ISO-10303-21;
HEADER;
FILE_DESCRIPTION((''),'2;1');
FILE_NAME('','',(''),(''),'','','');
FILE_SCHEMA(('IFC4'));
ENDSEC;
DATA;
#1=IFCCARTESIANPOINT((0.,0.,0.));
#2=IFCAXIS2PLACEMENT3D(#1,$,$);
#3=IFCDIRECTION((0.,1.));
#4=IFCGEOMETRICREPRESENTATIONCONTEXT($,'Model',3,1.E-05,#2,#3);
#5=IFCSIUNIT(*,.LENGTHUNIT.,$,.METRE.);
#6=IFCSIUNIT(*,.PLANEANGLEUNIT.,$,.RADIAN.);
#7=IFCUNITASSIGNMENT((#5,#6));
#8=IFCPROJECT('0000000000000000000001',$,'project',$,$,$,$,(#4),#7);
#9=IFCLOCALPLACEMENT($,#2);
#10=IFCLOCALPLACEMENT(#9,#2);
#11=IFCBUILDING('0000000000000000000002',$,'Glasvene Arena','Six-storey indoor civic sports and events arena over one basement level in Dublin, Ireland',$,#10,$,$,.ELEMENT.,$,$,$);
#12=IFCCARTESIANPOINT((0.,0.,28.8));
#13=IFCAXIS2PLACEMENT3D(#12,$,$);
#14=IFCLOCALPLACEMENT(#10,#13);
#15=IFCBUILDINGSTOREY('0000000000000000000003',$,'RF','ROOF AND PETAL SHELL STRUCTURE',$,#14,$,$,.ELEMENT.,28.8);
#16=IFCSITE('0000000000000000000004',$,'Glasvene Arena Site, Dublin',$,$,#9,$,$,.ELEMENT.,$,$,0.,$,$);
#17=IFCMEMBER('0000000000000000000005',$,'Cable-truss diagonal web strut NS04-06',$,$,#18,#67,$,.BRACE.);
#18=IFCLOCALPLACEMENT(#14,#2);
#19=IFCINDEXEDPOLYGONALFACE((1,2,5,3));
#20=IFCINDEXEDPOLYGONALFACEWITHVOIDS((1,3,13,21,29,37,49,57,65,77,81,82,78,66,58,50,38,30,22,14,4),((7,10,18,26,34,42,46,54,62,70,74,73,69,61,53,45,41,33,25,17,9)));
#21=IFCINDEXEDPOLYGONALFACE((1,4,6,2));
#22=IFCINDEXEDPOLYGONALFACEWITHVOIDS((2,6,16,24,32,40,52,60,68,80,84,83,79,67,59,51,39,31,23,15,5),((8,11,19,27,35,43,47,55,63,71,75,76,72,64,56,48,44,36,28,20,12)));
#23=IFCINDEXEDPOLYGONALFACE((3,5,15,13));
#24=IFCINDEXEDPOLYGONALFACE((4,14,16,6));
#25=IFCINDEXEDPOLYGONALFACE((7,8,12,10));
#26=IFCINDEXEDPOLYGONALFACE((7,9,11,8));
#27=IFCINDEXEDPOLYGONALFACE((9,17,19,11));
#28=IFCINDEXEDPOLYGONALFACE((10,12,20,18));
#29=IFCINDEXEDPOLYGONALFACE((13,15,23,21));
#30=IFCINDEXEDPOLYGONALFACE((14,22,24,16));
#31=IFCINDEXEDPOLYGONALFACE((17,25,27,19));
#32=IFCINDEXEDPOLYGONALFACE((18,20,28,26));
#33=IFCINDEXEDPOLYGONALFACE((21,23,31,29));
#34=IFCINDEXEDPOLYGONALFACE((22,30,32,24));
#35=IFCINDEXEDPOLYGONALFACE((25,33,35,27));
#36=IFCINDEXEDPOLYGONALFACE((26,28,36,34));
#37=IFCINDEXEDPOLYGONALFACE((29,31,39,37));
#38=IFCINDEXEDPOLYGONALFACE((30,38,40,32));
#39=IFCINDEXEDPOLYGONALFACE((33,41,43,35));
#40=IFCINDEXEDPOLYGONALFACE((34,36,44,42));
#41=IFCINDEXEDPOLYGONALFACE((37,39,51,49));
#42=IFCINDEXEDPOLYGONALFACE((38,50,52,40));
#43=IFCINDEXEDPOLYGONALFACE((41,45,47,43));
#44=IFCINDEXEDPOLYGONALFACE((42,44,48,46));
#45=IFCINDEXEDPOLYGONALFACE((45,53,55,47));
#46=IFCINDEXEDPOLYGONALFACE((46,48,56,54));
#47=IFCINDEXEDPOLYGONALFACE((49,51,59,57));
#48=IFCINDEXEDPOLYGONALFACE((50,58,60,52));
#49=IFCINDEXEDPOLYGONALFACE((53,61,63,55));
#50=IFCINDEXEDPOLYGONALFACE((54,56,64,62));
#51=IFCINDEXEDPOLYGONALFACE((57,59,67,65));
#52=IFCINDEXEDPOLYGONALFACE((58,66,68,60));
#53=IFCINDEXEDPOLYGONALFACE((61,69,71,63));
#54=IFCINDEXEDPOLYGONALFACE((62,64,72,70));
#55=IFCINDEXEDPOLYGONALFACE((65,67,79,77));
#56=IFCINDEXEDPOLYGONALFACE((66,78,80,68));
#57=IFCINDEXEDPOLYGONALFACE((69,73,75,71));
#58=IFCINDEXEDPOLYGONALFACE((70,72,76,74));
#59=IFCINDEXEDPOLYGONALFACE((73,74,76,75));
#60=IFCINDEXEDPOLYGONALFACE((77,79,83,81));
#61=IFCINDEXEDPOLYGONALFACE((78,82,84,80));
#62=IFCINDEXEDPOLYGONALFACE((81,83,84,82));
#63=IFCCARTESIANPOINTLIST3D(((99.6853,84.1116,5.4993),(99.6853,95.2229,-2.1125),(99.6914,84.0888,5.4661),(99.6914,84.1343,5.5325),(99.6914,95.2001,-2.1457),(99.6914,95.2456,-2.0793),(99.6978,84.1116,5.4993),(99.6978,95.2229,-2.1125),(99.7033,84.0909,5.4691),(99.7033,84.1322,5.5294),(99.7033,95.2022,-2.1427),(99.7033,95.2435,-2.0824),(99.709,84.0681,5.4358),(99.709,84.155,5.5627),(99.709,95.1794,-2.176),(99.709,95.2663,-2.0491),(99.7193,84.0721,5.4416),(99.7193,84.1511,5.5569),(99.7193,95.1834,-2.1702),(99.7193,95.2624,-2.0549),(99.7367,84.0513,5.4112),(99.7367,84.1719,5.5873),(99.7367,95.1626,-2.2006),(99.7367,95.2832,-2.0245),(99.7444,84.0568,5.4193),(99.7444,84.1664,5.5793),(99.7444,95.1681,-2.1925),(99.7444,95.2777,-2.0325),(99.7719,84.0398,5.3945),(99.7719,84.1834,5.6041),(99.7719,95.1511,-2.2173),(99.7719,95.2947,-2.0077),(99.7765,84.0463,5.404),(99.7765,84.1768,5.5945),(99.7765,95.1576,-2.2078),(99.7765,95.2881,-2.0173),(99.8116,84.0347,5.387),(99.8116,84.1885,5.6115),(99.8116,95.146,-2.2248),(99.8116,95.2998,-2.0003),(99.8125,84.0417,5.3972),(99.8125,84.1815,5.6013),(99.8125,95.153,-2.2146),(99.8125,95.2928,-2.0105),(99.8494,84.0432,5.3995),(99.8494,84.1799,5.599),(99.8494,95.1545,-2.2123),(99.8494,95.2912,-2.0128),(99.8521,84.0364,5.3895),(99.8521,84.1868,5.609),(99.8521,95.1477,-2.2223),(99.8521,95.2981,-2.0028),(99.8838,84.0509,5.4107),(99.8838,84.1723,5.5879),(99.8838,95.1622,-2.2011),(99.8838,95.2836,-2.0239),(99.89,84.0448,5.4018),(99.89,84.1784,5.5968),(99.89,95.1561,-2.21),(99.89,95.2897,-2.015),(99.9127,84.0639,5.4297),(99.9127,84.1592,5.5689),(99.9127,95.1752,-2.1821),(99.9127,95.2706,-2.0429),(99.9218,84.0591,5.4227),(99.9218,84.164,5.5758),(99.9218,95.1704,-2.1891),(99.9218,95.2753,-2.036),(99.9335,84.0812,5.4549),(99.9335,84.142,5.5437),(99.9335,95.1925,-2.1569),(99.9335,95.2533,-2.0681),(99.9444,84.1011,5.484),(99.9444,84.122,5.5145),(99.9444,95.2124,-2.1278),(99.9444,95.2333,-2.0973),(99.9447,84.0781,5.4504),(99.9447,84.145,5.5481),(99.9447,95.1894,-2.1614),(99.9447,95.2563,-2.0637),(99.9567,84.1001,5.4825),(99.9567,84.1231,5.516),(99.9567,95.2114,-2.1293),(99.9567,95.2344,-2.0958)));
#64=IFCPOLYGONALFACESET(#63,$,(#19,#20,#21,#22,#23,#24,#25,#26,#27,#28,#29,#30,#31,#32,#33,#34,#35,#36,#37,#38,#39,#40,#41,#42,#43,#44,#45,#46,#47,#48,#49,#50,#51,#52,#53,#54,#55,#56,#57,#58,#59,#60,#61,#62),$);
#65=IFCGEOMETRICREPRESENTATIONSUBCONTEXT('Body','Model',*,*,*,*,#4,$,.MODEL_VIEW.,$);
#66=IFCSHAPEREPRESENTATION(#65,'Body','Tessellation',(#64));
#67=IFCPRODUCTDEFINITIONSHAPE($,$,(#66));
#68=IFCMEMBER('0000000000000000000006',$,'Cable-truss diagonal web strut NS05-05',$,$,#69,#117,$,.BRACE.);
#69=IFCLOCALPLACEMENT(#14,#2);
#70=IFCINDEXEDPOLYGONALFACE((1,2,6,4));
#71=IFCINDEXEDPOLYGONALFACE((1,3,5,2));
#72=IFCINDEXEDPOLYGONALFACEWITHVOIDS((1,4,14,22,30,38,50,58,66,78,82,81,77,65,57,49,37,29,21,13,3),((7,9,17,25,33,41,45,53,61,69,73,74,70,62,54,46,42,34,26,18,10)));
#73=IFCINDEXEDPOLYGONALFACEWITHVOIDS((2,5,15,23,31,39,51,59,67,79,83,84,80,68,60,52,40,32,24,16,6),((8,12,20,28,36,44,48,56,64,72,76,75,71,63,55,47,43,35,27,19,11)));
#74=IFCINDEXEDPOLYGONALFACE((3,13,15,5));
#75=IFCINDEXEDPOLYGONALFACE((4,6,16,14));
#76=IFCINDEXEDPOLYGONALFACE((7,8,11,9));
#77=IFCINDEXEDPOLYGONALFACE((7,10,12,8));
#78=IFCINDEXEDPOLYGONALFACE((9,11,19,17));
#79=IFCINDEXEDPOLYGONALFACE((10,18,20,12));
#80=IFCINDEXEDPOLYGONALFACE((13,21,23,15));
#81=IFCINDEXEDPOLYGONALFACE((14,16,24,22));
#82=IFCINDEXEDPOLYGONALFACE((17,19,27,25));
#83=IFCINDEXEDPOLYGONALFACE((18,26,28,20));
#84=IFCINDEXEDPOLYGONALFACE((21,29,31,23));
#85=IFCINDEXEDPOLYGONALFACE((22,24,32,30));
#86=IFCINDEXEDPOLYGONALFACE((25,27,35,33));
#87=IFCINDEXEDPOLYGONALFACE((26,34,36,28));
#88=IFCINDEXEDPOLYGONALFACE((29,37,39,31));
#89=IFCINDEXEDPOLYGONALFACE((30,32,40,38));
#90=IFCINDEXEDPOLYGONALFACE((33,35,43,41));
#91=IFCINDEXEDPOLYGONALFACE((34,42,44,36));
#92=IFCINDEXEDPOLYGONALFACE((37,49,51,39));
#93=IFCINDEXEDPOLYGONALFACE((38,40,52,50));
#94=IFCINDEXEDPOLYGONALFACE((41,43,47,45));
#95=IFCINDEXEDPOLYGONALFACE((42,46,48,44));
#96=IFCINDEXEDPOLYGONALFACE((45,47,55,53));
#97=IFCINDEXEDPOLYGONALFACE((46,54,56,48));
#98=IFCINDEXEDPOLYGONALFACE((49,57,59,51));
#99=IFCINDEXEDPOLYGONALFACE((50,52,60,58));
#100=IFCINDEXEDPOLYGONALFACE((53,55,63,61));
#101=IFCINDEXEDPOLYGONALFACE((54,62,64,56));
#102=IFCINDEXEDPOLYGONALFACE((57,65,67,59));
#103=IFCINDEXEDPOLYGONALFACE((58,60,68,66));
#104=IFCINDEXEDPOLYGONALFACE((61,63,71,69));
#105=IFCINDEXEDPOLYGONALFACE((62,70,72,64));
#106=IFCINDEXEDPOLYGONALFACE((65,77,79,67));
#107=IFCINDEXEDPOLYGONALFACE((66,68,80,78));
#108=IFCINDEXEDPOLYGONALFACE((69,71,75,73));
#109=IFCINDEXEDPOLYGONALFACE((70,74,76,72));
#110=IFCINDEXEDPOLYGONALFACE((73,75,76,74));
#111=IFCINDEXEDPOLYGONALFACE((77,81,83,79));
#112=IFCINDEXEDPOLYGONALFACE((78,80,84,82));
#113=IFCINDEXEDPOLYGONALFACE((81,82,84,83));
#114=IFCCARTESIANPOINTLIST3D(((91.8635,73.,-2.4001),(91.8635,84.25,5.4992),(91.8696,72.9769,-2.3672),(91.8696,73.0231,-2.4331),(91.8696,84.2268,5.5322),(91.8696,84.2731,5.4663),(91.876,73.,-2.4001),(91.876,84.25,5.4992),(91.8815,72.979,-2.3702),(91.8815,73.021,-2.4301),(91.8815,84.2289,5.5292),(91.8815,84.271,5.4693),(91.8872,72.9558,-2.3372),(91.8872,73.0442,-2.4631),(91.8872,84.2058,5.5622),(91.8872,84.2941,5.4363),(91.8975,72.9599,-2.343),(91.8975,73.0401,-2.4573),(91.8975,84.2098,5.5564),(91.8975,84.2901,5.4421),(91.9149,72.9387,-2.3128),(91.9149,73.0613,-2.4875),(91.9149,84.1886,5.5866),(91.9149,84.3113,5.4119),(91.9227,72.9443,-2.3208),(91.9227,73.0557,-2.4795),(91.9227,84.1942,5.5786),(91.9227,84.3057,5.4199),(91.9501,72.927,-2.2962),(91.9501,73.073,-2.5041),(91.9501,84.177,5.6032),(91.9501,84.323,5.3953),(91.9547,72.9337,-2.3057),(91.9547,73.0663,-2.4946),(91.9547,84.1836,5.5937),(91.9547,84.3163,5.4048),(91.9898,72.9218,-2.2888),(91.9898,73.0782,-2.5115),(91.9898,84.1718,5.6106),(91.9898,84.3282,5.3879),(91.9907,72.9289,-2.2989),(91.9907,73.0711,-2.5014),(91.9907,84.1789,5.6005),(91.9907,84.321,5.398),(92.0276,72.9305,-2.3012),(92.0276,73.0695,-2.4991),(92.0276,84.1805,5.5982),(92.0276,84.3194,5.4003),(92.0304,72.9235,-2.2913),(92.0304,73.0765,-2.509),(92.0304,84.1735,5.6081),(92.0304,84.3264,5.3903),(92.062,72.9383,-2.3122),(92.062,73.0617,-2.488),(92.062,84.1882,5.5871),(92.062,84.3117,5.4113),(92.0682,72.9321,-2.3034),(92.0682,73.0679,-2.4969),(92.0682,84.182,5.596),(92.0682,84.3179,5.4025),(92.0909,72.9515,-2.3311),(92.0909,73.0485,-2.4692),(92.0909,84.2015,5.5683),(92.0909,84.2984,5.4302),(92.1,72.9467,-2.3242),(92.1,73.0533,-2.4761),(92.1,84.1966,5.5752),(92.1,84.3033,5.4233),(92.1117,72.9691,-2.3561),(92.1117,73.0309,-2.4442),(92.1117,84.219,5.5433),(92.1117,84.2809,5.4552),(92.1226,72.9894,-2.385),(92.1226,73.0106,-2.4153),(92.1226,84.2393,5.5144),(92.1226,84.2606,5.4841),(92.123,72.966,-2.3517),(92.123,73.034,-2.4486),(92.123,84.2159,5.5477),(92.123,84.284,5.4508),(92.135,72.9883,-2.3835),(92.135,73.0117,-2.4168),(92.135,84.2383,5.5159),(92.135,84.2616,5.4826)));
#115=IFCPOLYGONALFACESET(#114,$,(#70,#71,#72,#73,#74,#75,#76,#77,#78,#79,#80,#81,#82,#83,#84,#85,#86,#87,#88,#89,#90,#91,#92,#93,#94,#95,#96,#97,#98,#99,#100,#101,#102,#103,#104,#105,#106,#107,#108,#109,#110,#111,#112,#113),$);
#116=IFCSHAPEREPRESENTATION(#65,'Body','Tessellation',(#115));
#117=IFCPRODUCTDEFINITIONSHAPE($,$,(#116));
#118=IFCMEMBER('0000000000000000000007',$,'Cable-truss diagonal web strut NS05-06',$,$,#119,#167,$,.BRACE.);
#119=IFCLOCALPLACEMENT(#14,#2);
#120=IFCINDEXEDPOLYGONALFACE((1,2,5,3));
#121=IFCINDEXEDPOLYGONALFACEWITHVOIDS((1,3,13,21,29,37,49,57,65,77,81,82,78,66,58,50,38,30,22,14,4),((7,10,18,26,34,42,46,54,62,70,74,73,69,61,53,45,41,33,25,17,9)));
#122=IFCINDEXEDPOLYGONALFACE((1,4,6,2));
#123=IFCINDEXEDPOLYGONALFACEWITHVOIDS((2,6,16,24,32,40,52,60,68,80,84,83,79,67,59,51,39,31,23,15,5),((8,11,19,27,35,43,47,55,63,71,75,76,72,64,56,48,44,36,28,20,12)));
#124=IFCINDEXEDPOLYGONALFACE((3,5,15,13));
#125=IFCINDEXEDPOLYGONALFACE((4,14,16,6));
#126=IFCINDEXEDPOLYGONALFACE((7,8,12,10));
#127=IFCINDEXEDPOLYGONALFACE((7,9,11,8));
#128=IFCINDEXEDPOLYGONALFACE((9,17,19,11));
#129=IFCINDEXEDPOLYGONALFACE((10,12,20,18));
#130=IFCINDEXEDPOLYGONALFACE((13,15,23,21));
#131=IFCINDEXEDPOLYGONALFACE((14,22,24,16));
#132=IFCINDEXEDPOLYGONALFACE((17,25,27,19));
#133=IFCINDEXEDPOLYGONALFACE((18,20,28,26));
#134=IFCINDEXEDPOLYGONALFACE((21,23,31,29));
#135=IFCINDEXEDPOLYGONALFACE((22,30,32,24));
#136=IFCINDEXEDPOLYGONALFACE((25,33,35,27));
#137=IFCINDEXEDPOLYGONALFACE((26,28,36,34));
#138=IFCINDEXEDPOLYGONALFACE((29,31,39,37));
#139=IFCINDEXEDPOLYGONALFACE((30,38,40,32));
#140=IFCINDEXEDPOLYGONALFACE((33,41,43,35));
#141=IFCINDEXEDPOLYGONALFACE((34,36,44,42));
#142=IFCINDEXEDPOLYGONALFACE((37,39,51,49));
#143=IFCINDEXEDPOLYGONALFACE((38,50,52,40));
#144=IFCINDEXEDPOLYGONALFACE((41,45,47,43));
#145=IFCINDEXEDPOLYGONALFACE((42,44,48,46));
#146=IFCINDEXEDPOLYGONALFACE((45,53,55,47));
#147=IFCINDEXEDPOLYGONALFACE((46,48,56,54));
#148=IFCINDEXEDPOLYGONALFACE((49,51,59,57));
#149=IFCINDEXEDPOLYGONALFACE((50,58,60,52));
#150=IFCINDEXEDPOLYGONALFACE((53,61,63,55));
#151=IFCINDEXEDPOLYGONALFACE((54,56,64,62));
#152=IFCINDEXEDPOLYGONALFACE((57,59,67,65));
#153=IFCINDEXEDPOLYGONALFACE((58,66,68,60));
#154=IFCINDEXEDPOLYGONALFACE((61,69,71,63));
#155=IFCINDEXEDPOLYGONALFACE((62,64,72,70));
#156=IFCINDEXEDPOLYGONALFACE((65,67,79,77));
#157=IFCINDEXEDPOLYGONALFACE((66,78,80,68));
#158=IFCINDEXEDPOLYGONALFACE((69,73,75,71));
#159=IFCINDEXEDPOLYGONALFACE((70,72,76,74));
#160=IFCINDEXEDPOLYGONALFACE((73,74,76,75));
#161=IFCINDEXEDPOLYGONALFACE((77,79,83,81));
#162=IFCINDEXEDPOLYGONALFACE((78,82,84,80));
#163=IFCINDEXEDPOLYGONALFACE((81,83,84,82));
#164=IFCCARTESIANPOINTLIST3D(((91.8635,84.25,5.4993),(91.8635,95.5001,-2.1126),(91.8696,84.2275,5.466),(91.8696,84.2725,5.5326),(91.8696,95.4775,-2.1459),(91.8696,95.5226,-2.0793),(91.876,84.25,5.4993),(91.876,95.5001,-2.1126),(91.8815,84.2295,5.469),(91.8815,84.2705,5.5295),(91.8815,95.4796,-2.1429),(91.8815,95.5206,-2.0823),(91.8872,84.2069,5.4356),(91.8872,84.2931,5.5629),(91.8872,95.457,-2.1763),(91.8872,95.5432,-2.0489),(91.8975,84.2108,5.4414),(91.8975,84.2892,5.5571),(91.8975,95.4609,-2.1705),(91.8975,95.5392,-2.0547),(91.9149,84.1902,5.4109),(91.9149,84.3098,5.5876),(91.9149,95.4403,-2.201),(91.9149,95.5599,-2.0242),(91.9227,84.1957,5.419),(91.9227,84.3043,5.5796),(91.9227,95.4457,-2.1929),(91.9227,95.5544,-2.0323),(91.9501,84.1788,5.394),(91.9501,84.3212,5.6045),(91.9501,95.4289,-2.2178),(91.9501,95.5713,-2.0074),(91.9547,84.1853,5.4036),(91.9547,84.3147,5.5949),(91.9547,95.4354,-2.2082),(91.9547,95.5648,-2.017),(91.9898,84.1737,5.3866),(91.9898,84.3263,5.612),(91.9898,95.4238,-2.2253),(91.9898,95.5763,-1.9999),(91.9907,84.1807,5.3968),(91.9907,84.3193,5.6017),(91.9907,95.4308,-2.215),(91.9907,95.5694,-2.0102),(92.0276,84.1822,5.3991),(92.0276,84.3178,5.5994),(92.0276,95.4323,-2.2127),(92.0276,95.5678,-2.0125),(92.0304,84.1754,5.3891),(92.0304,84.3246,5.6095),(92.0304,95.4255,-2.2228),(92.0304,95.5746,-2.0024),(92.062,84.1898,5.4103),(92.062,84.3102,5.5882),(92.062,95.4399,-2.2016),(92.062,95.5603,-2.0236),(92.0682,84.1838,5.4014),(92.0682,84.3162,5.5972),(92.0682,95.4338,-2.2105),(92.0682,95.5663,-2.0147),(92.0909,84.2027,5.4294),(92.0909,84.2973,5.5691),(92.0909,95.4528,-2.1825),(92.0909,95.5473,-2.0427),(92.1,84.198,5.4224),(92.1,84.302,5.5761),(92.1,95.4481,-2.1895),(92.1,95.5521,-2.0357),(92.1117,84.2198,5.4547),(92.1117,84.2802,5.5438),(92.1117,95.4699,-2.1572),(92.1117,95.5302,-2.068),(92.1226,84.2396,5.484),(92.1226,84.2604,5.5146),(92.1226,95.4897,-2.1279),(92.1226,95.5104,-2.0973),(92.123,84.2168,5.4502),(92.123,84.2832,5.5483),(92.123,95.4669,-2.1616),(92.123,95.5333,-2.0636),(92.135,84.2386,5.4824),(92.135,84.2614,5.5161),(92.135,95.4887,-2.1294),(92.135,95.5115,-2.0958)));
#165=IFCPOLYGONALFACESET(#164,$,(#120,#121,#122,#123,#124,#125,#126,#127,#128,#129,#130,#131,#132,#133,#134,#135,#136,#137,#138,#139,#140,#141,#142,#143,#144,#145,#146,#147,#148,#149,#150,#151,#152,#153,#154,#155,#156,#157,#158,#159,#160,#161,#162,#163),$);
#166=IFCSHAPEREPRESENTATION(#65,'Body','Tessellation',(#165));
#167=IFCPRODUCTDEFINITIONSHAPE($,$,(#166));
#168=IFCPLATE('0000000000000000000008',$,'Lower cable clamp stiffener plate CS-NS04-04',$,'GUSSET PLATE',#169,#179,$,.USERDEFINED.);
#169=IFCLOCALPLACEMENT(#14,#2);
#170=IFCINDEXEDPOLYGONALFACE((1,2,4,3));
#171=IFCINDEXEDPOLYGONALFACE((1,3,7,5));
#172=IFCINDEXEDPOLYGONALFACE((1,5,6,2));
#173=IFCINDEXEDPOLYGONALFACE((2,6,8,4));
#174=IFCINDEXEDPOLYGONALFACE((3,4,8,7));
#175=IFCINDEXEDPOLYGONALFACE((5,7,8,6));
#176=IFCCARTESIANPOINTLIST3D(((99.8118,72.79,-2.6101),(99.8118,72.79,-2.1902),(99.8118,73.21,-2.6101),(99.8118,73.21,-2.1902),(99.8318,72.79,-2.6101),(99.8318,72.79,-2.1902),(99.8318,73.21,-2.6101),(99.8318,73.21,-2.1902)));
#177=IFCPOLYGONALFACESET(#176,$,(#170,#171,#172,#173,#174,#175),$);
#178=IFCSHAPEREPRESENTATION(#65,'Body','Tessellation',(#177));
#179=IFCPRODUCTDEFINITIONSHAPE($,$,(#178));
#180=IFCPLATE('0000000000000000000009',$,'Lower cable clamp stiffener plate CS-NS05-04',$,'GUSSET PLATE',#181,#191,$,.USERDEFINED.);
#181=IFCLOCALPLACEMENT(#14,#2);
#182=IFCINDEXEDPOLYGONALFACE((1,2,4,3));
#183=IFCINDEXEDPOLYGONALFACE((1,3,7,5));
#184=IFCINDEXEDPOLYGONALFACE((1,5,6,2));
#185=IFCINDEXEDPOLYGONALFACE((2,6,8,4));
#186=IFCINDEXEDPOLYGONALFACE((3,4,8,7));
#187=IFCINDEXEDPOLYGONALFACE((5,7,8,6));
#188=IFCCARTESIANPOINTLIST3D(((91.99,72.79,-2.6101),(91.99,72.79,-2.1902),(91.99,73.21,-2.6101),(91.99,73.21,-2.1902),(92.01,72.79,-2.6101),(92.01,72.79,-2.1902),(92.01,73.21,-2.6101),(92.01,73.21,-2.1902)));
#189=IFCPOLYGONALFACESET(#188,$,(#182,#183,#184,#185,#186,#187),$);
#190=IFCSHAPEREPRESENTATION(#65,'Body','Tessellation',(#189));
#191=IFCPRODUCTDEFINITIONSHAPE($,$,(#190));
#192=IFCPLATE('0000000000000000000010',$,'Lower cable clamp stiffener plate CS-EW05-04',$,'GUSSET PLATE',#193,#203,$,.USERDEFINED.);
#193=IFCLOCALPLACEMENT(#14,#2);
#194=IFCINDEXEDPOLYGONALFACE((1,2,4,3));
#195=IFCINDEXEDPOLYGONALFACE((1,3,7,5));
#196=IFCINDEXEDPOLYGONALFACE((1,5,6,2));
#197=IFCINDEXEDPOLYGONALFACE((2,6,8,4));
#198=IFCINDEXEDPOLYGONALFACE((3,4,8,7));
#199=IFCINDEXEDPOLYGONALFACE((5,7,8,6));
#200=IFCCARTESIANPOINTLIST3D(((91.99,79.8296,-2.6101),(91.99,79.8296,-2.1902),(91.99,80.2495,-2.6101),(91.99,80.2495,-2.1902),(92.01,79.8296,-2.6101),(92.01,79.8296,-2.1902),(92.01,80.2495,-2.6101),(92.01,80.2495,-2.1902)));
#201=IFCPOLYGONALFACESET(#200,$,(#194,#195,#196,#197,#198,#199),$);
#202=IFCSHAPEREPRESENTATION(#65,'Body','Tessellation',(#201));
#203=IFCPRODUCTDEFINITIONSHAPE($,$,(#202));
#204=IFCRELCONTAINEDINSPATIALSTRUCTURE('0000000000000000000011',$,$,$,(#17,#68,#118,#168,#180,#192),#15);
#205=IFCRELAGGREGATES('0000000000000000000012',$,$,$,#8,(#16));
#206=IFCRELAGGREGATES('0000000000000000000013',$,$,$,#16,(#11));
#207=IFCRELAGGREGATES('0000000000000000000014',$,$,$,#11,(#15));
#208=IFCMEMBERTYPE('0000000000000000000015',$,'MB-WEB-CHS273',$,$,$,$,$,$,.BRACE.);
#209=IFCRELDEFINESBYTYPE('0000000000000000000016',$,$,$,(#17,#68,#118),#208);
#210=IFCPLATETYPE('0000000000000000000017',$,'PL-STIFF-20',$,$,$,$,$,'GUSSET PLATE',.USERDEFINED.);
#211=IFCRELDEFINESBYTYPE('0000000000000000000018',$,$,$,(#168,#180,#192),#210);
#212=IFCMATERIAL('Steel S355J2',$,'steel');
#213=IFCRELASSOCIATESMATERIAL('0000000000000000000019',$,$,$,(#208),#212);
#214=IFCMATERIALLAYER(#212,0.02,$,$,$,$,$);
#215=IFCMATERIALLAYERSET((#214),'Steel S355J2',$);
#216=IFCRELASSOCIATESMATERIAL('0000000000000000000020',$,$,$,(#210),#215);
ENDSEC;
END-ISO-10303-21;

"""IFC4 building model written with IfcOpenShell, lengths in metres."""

from ifc_helpers import new_model, si_unit, direction, frame, origin, origin_2d, place, context, subcontext, project, spatial, rectangle, hollow_circle, extrude, material, layer, layer_set, material_profile, profile_set, type_object, element, save


model = new_model("IFC4")

# Units and contexts
model_context = context("Model", 3, precision=1e-05, world=origin(), true_north=direction((0.0, 1.0)))
body_context = subcontext(model_context, "Body", "Model", "MODEL_VIEW")
ifc_project = project(units=[si_unit("LENGTHUNIT", "METRE"), si_unit("PLANEANGLEUNIT", "RADIAN")], contexts=[model_context])

# Site, building, storey
site_placement = place(None, origin())
site = spatial("IfcSite", under=ifc_project, at=site_placement, Name="Glasvene Arena Site, Dublin", CompositionType="ELEMENT", RefElevation=0.0)
building_placement = place(site_placement, origin())
building = spatial("IfcBuilding", under=site, at=building_placement, Name="Glasvene Arena", Description="Six-storey indoor civic sports and events arena over one basement level in Dublin, Ireland", CompositionType="ELEMENT")
storey_placement = place(building_placement, frame((0.0, 0.0, 28.8)))
storey = spatial("IfcBuildingStorey", under=building, at=storey_placement, Name="RF", Description="ROOF AND PETAL SHELL STRUCTURE", CompositionType="ELEMENT", Elevation=28.8)

# Members
ifc_material_1 = material(Name="Steel S355J2", Category="steel")
ifc_material_profile_1 = material_profile(ifc_material_1, hollow_circle(Radius=0.1365, WallThickness=0.0125, at=origin_2d()), Name="CHS 273.0x12.5")
ifc_profile_set_1 = profile_set([ifc_material_profile_1], Name="Steel S355J2")
member_type_1 = type_object("IfcMemberType", Name="MB-WEB-CHS273", PredefinedType="BRACE", material=ifc_profile_set_1)
member_1_placement = place(storey_placement, frame((99.8218, 84.1116, 5.4993), z_axis=(0.0, 0.824984, -0.565156), x_axis=(-1.0, 0.0, 0.0)))
element("IfcMember", 1, at=member_1_placement, inside=storey, type_object=member_type_1, Name="Cable-truss diagonal web strut NS04-06", PredefinedType="BRACE", context=body_context, shape_type="SweptSolid", body=[
    extrude(hollow_circle(Radius=0.1365, WallThickness=0.0125, at=origin_2d()), origin(), (0.0, 0.0, 1.0), 13.4685),
])
member_2_placement = place(storey_placement, frame((92.0, 73.0, -2.4001), z_axis=(0.0, 0.818397, 0.574654), x_axis=(-1.0, 0.0, 0.0)))
element("IfcMember", 2, at=member_2_placement, inside=storey, type_object=member_type_1, Name="Cable-truss diagonal web strut NS05-05", PredefinedType="BRACE", context=body_context, shape_type="SweptSolid", body=[
    extrude(hollow_circle(Radius=0.1365, WallThickness=0.0125, at=origin_2d()), origin(), (0.0, 0.0, 1.0), 13.7463),
])
member_3_placement = place(storey_placement, frame((92.0, 84.25, 5.4993), z_axis=(0.0, 0.828231, -0.560386), x_axis=(-1.0, 0.0, 0.0)))
element("IfcMember", 3, at=member_3_placement, inside=storey, type_object=member_type_1, Name="Cable-truss diagonal web strut NS05-06", PredefinedType="BRACE", context=body_context, shape_type="SweptSolid", body=[
    extrude(hollow_circle(Radius=0.1365, WallThickness=0.0125, at=origin_2d()), origin(), (0.0, 0.0, 1.0), 13.5833),
])

# Plates
ifc_layer = layer(ifc_material_1, 0.02)
ifc_layer_set = layer_set([ifc_layer], Name="Steel S355J2")
plate_type = type_object("IfcPlateType", Name="PL-STIFF-20", ElementType="GUSSET PLATE", PredefinedType="USERDEFINED", material=ifc_layer_set)
for number, where, z_axis, x_axis, name in (
    (4, (99.8218, 73.0, -2.6101), (0.0, 0.0, 1.0), (1.0, 0.0, 0.0), "Lower cable clamp stiffener plate CS-NS04-04"),
    (5, (92.0, 73.0, -2.6101), (0.0, 0.0, 1.0), (1.0, 0.0, 0.0), "Lower cable clamp stiffener plate CS-NS05-04"),
    (6, (92.0, 80.0396, -2.6101), (0.0, 0.0, 1.0), (1.0, 0.0, 0.0), "Lower cable clamp stiffener plate CS-EW05-04"),
):
    element("IfcPlate", number, at=place(storey_placement, frame(where, z_axis=z_axis, x_axis=x_axis)), inside=storey, type_object=plate_type, Name=name, ObjectType="GUSSET PLATE", PredefinedType="USERDEFINED", context=body_context, shape_type="SweptSolid", body=[
        extrude(rectangle(XDim=0.02, YDim=0.4199, at=origin_2d()), origin(), (0.0, 0.0, 1.0), 0.4199),
    ])

save(model, "model.ifc")
